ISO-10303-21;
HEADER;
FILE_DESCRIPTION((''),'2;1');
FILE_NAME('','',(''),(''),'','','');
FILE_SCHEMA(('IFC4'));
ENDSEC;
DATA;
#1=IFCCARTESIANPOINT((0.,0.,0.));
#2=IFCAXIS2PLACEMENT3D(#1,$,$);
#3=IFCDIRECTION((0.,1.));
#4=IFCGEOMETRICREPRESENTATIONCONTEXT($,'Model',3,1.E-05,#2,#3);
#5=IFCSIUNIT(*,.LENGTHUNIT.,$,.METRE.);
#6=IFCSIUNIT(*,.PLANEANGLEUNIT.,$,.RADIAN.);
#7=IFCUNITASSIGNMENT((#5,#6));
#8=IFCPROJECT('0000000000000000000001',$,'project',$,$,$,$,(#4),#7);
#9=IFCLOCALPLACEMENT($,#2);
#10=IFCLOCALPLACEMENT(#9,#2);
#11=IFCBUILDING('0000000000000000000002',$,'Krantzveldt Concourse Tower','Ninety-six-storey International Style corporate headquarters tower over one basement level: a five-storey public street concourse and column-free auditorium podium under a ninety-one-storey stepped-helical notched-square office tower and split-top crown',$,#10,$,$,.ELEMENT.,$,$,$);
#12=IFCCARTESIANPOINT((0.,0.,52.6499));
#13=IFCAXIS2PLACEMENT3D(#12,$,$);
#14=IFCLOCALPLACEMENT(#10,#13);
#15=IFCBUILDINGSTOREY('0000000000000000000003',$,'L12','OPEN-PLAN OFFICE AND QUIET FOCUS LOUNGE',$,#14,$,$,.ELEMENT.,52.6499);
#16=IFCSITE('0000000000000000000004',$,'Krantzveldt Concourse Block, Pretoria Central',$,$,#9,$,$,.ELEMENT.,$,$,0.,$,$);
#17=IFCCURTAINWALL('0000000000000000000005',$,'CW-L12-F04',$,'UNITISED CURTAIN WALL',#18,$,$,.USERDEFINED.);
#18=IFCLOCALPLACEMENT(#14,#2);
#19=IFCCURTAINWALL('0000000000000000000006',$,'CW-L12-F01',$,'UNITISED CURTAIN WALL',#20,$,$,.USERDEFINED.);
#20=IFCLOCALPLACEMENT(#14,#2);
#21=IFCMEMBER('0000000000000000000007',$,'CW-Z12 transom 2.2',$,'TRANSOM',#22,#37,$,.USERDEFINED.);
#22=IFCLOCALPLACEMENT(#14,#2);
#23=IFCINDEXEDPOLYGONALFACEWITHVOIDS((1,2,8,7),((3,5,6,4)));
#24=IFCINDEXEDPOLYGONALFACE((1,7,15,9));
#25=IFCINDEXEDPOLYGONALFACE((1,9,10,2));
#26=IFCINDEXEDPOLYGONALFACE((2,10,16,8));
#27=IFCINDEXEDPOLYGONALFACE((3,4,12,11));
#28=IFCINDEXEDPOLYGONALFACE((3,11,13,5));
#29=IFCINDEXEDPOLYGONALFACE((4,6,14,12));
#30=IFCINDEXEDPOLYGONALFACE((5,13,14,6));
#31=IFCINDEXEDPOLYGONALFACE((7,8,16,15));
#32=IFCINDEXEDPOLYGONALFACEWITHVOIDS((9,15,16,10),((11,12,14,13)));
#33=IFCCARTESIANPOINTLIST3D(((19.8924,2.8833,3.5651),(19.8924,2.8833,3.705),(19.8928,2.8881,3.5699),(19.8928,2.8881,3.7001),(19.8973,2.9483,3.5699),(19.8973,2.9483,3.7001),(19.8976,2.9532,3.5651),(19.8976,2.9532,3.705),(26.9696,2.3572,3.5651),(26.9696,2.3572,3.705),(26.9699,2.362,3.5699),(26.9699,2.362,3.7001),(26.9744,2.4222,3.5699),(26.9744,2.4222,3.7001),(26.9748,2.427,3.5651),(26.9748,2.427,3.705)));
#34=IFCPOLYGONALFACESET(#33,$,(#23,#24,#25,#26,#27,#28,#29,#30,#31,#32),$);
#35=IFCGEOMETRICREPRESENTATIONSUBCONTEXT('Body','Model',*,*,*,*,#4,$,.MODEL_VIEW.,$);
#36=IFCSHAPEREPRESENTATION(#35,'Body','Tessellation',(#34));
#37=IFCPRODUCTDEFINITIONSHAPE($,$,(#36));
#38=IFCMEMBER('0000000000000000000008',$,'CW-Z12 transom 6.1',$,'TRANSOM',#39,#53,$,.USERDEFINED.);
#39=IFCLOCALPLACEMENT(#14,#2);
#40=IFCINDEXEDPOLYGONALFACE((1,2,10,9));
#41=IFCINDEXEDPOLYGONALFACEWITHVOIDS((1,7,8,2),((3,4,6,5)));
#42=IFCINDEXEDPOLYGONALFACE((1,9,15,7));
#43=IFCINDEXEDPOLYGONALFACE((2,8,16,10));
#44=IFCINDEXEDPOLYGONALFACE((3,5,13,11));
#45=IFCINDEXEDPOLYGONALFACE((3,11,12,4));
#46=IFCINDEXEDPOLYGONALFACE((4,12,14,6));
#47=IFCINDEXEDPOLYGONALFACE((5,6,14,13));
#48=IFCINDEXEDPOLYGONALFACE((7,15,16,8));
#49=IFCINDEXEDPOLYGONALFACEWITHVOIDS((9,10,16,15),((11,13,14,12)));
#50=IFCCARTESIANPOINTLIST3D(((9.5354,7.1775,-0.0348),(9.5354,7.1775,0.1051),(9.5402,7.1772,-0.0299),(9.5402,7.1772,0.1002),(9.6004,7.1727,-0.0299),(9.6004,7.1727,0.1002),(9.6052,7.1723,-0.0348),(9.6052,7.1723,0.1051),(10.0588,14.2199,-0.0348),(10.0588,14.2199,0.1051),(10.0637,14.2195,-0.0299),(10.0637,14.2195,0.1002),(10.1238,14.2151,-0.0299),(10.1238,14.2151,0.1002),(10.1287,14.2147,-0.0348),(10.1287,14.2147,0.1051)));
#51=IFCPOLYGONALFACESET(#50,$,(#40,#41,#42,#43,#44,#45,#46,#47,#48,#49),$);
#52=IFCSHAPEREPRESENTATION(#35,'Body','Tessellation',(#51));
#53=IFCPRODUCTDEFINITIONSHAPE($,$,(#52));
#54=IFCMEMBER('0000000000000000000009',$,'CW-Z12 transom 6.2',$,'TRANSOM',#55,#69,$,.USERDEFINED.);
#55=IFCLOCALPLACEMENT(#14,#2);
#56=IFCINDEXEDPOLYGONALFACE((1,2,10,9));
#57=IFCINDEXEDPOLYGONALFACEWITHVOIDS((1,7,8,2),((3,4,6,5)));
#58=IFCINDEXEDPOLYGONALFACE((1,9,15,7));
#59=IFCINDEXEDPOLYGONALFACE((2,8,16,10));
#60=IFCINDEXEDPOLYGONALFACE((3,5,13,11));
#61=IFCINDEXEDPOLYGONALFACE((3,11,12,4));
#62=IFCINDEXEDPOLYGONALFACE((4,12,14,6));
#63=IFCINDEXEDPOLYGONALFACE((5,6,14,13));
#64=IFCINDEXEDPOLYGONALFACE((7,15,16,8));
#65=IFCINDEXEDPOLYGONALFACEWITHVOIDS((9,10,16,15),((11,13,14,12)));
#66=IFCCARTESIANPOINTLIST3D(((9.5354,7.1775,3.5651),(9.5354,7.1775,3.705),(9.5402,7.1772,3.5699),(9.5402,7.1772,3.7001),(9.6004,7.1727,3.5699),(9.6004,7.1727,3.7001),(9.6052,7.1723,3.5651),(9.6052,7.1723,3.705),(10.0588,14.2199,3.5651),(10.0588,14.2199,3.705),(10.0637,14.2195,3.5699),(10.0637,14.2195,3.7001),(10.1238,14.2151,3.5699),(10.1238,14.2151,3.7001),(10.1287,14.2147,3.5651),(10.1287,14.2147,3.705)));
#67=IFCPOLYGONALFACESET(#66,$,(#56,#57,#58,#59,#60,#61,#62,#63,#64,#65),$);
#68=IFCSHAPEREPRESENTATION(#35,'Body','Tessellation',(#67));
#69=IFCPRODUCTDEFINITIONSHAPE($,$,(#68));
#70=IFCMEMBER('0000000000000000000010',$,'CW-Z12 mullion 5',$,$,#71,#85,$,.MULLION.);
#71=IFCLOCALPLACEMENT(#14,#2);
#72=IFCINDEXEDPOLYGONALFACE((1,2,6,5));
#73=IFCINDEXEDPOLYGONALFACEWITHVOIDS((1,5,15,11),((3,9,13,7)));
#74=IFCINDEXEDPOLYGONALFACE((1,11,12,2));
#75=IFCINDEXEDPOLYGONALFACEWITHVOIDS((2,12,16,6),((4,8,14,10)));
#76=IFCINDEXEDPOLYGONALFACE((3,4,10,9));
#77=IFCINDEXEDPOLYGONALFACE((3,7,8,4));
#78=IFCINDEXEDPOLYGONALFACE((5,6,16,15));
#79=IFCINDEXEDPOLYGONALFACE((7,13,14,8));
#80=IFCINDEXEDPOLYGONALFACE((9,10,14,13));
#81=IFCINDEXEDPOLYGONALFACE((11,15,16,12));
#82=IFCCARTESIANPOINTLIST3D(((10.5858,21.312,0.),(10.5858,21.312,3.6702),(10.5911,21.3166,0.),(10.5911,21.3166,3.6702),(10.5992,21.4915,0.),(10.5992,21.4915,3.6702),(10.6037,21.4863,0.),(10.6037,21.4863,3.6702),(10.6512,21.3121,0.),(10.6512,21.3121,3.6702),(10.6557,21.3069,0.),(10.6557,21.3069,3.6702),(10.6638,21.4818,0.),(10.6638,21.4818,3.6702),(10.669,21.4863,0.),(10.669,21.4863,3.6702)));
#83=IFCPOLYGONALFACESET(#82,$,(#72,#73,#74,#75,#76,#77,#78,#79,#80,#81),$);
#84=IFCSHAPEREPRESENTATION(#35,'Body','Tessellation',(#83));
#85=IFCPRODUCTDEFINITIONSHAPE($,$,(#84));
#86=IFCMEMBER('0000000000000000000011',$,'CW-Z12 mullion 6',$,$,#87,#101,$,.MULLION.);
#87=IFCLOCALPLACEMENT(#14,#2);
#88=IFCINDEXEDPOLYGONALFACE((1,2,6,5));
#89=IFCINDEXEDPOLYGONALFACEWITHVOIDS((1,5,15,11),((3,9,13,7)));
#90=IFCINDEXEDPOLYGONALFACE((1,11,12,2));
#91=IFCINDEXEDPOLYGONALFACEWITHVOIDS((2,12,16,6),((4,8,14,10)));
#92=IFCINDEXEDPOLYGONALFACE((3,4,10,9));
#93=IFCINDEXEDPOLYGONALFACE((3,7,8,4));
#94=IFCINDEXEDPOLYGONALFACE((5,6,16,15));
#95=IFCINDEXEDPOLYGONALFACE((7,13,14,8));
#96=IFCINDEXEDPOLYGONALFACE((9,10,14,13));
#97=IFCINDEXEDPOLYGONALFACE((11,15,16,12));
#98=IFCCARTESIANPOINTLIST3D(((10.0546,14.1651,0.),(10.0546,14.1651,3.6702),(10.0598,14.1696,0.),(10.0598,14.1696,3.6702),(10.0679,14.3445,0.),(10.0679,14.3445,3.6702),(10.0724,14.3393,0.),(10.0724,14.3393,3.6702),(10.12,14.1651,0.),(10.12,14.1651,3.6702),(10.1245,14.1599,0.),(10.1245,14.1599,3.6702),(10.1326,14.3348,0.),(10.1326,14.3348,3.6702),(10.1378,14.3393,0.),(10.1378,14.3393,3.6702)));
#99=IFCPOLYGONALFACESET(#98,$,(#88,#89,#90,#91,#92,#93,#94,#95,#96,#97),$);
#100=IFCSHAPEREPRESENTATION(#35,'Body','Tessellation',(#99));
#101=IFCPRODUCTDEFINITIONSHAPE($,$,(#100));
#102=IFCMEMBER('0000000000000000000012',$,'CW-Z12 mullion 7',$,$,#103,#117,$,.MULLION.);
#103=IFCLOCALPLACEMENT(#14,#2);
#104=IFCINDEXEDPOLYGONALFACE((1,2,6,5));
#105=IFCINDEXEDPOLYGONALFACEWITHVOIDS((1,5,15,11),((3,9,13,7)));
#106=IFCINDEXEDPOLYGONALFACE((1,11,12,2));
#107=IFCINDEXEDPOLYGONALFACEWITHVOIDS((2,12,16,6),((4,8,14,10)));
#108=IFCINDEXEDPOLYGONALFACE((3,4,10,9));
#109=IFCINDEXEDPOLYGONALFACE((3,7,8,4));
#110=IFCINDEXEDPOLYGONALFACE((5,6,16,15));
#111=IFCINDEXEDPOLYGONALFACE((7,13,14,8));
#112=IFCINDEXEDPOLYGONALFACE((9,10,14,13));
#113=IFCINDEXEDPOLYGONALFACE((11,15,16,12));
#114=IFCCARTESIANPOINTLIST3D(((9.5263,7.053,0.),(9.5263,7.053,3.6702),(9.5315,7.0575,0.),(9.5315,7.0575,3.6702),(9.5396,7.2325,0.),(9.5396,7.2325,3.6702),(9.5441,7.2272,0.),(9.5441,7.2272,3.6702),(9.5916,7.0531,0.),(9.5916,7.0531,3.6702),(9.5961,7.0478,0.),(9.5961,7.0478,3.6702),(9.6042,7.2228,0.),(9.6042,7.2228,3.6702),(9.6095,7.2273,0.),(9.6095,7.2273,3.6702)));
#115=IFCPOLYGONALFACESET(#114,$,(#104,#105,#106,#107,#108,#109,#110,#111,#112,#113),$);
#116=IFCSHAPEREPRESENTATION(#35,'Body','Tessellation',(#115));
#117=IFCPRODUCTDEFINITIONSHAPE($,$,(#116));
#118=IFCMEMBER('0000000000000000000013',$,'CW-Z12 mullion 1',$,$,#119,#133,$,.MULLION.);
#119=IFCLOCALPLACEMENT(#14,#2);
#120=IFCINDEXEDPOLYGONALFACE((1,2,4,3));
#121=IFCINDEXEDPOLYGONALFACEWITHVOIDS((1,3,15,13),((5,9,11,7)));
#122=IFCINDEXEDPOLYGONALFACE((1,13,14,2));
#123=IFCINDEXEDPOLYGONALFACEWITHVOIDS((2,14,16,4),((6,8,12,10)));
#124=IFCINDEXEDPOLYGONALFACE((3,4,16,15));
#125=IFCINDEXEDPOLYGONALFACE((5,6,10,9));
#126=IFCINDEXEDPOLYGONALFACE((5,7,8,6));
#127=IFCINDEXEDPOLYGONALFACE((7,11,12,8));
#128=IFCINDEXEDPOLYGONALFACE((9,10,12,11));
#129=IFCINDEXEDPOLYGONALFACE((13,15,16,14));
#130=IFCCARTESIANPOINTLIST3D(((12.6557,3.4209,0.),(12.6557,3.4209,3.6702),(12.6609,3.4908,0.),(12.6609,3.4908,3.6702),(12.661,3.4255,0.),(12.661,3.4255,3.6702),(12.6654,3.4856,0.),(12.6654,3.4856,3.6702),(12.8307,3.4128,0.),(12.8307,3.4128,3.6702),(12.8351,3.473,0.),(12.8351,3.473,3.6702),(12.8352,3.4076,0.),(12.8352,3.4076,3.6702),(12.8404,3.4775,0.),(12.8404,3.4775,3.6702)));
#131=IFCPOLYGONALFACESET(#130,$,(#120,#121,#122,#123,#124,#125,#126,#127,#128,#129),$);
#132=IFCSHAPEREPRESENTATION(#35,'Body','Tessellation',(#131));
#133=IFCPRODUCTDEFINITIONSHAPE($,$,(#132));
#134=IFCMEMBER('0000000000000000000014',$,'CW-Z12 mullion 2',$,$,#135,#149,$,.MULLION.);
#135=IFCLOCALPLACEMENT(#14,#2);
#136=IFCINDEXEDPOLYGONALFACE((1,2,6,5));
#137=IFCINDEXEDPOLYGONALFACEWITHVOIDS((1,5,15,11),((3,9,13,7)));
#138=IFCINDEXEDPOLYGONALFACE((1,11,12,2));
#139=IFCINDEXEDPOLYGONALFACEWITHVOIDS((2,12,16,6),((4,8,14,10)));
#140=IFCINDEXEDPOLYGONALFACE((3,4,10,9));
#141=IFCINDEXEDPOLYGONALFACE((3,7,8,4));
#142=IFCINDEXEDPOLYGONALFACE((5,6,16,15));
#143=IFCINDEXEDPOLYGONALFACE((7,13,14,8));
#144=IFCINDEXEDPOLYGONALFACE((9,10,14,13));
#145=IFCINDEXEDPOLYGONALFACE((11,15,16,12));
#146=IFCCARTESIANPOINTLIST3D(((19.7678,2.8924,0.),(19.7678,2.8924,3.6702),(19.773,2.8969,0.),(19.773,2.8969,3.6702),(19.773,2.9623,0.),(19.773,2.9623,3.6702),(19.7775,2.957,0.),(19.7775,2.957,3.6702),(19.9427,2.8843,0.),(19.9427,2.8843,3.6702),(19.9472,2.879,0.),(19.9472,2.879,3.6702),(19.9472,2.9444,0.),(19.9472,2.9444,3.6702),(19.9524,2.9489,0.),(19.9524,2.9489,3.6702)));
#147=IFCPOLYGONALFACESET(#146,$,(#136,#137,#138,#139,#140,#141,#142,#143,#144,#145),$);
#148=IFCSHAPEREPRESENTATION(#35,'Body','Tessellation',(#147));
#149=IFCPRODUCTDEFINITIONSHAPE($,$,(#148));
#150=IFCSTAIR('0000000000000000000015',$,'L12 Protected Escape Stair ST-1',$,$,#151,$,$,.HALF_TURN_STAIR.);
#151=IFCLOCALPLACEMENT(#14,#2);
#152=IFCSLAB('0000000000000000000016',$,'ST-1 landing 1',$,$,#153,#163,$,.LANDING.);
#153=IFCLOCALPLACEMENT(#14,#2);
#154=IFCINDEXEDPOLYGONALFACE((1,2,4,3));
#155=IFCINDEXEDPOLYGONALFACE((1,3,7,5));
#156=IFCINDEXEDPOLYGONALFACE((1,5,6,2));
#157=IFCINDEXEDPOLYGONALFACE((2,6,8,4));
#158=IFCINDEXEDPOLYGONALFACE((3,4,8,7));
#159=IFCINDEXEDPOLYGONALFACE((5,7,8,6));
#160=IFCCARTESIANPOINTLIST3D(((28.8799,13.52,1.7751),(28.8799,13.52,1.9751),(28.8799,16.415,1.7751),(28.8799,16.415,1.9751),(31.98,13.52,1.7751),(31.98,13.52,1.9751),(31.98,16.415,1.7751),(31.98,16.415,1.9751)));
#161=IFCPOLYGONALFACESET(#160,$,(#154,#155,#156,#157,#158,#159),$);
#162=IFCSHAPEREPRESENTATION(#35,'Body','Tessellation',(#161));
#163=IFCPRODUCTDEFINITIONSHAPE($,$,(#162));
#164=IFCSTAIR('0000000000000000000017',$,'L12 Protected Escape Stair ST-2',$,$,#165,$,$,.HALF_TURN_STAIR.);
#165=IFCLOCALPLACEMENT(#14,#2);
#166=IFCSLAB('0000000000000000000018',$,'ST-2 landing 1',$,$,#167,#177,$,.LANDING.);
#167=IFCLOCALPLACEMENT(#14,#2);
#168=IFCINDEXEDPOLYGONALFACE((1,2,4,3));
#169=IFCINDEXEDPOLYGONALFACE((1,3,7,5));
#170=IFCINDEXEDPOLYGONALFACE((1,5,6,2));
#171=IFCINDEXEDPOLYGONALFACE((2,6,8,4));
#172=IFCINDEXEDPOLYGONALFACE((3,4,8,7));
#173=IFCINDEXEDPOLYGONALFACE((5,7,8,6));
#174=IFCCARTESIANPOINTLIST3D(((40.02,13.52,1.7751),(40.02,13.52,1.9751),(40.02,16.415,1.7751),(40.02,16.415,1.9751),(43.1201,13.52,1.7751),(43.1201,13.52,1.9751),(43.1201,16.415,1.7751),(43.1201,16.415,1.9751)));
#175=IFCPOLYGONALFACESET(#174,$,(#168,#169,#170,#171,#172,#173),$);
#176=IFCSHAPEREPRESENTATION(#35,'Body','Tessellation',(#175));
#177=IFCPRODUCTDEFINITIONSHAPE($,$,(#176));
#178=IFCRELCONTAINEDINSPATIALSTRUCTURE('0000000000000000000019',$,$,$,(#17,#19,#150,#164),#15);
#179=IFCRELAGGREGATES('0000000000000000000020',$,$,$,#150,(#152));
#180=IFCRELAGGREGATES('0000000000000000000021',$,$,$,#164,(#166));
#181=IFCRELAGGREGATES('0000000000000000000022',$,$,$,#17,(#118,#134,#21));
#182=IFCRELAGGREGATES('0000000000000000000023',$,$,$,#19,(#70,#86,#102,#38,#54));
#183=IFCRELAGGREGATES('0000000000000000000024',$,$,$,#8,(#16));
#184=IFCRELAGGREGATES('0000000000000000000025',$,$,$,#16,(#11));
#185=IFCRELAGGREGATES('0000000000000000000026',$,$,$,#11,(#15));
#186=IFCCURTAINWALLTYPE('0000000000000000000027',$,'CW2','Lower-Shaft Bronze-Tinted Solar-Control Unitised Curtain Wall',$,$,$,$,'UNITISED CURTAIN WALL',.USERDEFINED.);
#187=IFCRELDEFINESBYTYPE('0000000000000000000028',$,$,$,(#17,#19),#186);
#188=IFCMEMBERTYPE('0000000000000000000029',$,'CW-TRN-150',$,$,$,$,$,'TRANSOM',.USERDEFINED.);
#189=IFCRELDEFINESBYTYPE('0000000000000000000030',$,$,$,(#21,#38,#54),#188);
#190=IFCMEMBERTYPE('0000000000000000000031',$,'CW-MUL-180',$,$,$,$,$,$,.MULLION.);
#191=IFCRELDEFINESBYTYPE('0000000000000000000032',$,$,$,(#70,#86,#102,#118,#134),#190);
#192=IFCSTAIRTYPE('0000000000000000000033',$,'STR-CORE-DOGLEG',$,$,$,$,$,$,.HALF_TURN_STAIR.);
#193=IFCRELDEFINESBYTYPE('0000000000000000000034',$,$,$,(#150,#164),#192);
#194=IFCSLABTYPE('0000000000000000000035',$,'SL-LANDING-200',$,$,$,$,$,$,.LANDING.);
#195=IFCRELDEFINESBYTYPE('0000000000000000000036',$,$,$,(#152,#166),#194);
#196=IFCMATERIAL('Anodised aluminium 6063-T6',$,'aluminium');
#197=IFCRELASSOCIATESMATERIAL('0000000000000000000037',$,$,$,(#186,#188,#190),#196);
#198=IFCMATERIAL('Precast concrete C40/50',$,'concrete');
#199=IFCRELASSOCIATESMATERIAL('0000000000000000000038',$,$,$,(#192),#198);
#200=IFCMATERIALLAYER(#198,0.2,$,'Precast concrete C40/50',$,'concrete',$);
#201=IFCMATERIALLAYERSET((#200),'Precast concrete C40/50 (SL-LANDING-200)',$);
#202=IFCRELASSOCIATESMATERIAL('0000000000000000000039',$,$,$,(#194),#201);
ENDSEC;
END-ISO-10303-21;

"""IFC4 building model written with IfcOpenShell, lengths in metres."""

from ifc_helpers import new_model, si_unit, direction, frame, origin, origin_2d, place, context, subcontext, project, spatial, polyline, hollow_rectangle, outline, extrude, source, transform, mapped, material, layer, layer_set, material_profile, profile_set, type_object, type_shapes, element, aggregate, save


model = new_model("IFC4")

# Units and contexts
model_context = context("Model", 3, precision=1e-05, world=origin(), true_north=direction((0.0, 1.0)))
body_context = subcontext(model_context, "Body", "Model", "MODEL_VIEW")
ifc_project = project(units=[si_unit("LENGTHUNIT", "METRE"), si_unit("PLANEANGLEUNIT", "RADIAN")], contexts=[model_context])

# Site, building, storey
site_placement = place(None, origin())
site = spatial("IfcSite", under=ifc_project, at=site_placement, Name="Krantzveldt Concourse Block, Pretoria Central", CompositionType="ELEMENT", RefElevation=0.0)
building_placement = place(site_placement, origin())
building = spatial("IfcBuilding", under=site, at=building_placement, Name="Krantzveldt Concourse Tower", Description="Ninety-six-storey International Style corporate headquarters tower over one basement level: a five-storey public street concourse and column-free auditorium podium under a ninety-one-storey stepped-helical notched-square office tower and split-top crown", CompositionType="ELEMENT")
storey_placement = place(building_placement, frame((0.0, 0.0, 52.6499)))
storey = spatial("IfcBuildingStorey", under=building, at=storey_placement, Name="L12", Description="OPEN-PLAN OFFICE AND QUIET FOCUS LOUNGE", CompositionType="ELEMENT", Elevation=52.6499)

# Curtain walls
ifc_material_1 = material(Name="Anodised aluminium 6063-T6", Category="aluminium")
curtain_wall_type = type_object("IfcCurtainWallType", Name="CW2", Description="Lower-Shaft Bronze-Tinted Solar-Control Unitised Curtain Wall", ElementType="UNITISED CURTAIN WALL", PredefinedType="USERDEFINED", material=ifc_material_1)
curtain_wall_1_placement = place(storey_placement, origin())
curtain_wall_1 = element("IfcCurtainWall", 1, at=curtain_wall_1_placement, inside=storey, type_object=curtain_wall_type, Name="CW-L12-F04", ObjectType="UNITISED CURTAIN WALL", PredefinedType="USERDEFINED")
ifc_material_profile_1 = material_profile(ifc_material_1, hollow_rectangle(XDim=0.0701, YDim=0.1399, WallThickness=0.0049, at=origin_2d()), Name="Anodised aluminium 6063-T6", Category="aluminium")
ifc_profile_set_1 = profile_set([ifc_material_profile_1], Name="Anodised aluminium 6063-T6 - ALU-TRAN 140x70x5")
member_type_1 = type_object("IfcMemberType", Name="CW-TRN-150", ElementType="TRANSOM", PredefinedType="USERDEFINED", material=ifc_profile_set_1)
curtain_wall_2_placement = place(storey_placement, origin())
curtain_wall_2 = element("IfcCurtainWall", 2, at=curtain_wall_2_placement, inside=storey, type_object=curtain_wall_type, Name="CW-L12-F01", ObjectType="UNITISED CURTAIN WALL", PredefinedType="USERDEFINED")
shared_shape_1 = source(origin(), body_context, "Body", "SweptSolid", [
    extrude(hollow_rectangle(XDim=0.0701, YDim=0.1399, WallThickness=0.0049, at=origin_2d()), origin(), (0.0, 0.0, 1.0), 7.0967),
])

# Members
member_1_placement = place(storey_placement, frame((19.895, 2.9182, 3.635), z_axis=(0.997248, -0.074137, 0.0), x_axis=(0.074137, 0.997248, 0.0)))
member_1 = element("IfcMember", 3, at=member_1_placement, type_object=member_type_1, Name="CW-Z12 transom 2.2", ObjectType="TRANSOM", PredefinedType="USERDEFINED", context=body_context, shape_type="MappedRepresentation", body=[
    mapped(shared_shape_1, transform((0.0, 0.0, 0.0), x_axis=(1.0, 0.0, 0.0), y_axis=(0.0, 1.0, 0.0), z_axis=(0.0, 0.0, 1.0), scale=1.0)),
])
shared_shape_2 = source(origin(), body_context, "Body", "SweptSolid", [
    extrude(hollow_rectangle(XDim=0.0701, YDim=0.1399, WallThickness=0.0049, at=origin_2d()), origin(), (0.0, 0.0, 1.0), 7.0618),
])
member_2_placement = place(storey_placement, frame((10.0938, 14.2173, 0.0352), z_axis=(-0.074124, -0.997249, 0.0), x_axis=(0.997249, -0.074124, 0.0)))
member_2 = element("IfcMember", 4, at=member_2_placement, type_object=member_type_1, Name="CW-Z12 transom 6.1", ObjectType="TRANSOM", PredefinedType="USERDEFINED", context=body_context, shape_type="MappedRepresentation", body=[
    mapped(shared_shape_2, transform((0.0, 0.0, 0.0), x_axis=(1.0, 0.0, 0.0), y_axis=(0.0, 1.0, 0.0), z_axis=(0.0, 0.0, 1.0), scale=1.0)),
])
member_3_placement = place(storey_placement, frame((10.0938, 14.2173, 3.635), z_axis=(-0.074124, -0.997249, 0.0), x_axis=(0.997249, -0.074124, 0.0)))
member_3 = element("IfcMember", 5, at=member_3_placement, type_object=member_type_1, Name="CW-Z12 transom 6.2", ObjectType="TRANSOM", PredefinedType="USERDEFINED", context=body_context, shape_type="MappedRepresentation", body=[
    mapped(shared_shape_2, transform((0.0, 0.0, 0.0), x_axis=(1.0, 0.0, 0.0), y_axis=(0.0, 1.0, 0.0), z_axis=(0.0, 0.0, 1.0), scale=1.0)),
])
ifc_material_profile_2 = material_profile(ifc_material_1, hollow_rectangle(XDim=0.0701, YDim=0.1799, WallThickness=0.0049, at=origin_2d()), Name="Anodised aluminium 6063-T6", Category="aluminium")
ifc_profile_set_2 = profile_set([ifc_material_profile_2], Name="Anodised aluminium 6063-T6 - ALU-MULL 180x70x5")
member_type_2 = type_object("IfcMemberType", Name="CW-MUL-180", PredefinedType="MULLION", material=ifc_profile_set_2)
shared_shape_3 = source(origin(), body_context, "Body", "SweptSolid", [
    extrude(hollow_rectangle(XDim=0.0701, YDim=0.1799, WallThickness=0.0049, at=origin_2d()), origin(), (0.0, 0.0, 1.0), 3.6702),
])
type_shapes(member_type_2, [shared_shape_3])
member_4_placement = place(storey_placement, frame((10.6274, 21.3992, 0.0), z_axis=(0.0, 0.0, 1.0), x_axis=(0.99725, -0.074109, 0.0)))
member_4 = element("IfcMember", 6, at=member_4_placement, type_object=member_type_2, Name="CW-Z12 mullion 5", PredefinedType="MULLION", context=body_context, shape_type="MappedRepresentation", body=[
    mapped(shared_shape_3, transform((0.0, 0.0, 0.0), x_axis=(1.0, 0.0, 0.0), y_axis=(0.0, 1.0, 0.0), z_axis=(0.0, 0.0, 1.0), scale=1.0)),
])
member_5_placement = place(storey_placement, frame((10.0962, 14.2522, 0.0), z_axis=(0.0, 0.0, 1.0), x_axis=(0.99725, -0.074109, 0.0)))
member_5 = element("IfcMember", 7, at=member_5_placement, type_object=member_type_2, Name="CW-Z12 mullion 6", PredefinedType="MULLION", context=body_context, shape_type="MappedRepresentation", body=[
    mapped(shared_shape_3, transform((0.0, 0.0, 0.0), x_axis=(1.0, 0.0, 0.0), y_axis=(0.0, 1.0, 0.0), z_axis=(0.0, 0.0, 1.0), scale=1.0)),
])
member_6_placement = place(storey_placement, frame((9.5679, 7.1401, 0.0), z_axis=(0.0, 0.0, 1.0), x_axis=(0.99725, -0.074109, 0.0)))
member_6 = element("IfcMember", 8, at=member_6_placement, type_object=member_type_2, Name="CW-Z12 mullion 7", PredefinedType="MULLION", context=body_context, shape_type="MappedRepresentation", body=[
    mapped(shared_shape_3, transform((0.0, 0.0, 0.0), x_axis=(1.0, 0.0, 0.0), y_axis=(0.0, 1.0, 0.0), z_axis=(0.0, 0.0, 1.0), scale=1.0)),
])
member_7_placement = place(storey_placement, frame((12.748, 3.4492, 0.0), z_axis=(0.0, 0.0, 1.0), x_axis=(0.074109, 0.99725, 0.0)))
member_7 = element("IfcMember", 9, at=member_7_placement, type_object=member_type_2, Name="CW-Z12 mullion 1", PredefinedType="MULLION", context=body_context, shape_type="MappedRepresentation", body=[
    mapped(shared_shape_3, transform((0.0, 0.0, 0.0), x_axis=(1.0, 0.0, 0.0), y_axis=(0.0, 1.0, 0.0), z_axis=(0.0, 0.0, 1.0), scale=1.0)),
])
member_8_placement = place(storey_placement, frame((19.8601, 2.9207, 0.0), z_axis=(0.0, 0.0, 1.0), x_axis=(0.074109, 0.99725, 0.0)))
member_8 = element("IfcMember", 10, at=member_8_placement, type_object=member_type_2, Name="CW-Z12 mullion 2", PredefinedType="MULLION", context=body_context, shape_type="MappedRepresentation", body=[
    mapped(shared_shape_3, transform((0.0, 0.0, 0.0), x_axis=(1.0, 0.0, 0.0), y_axis=(0.0, 1.0, 0.0), z_axis=(0.0, 0.0, 1.0), scale=1.0)),
])

# Stairs, slabs
ifc_material_2 = material(Name="Precast concrete C40/50", Category="concrete")
stair_type = type_object("IfcStairType", Name="STR-CORE-DOGLEG", PredefinedType="HALF_TURN_STAIR", material=ifc_material_2)
stair_1_placement = place(storey_placement, origin())
stair_1 = element("IfcStair", 11, at=stair_1_placement, inside=storey, type_object=stair_type, Name="L12 Protected Escape Stair ST-1", PredefinedType="HALF_TURN_STAIR")
ifc_layer_1 = layer(ifc_material_2, 0.2, Name="Precast concrete C40/50", Category="concrete")
ifc_layer_set_1 = layer_set([ifc_layer_1], Name="Precast concrete C40/50 (SL-LANDING-200)")
slab_type_1 = type_object("IfcSlabType", Name="SL-LANDING-200", PredefinedType="LANDING", material=ifc_layer_set_1)
slab_1_placement = place(storey_placement, frame((0.0, 0.0, 1.7751)))
slab_1 = element("IfcSlab", 12, at=slab_1_placement, type_object=slab_type_1, Name="ST-1 landing 1", PredefinedType="LANDING", context=body_context, shape_type="SweptSolid", body=[
    extrude(outline(polyline([(28.8799, 16.415), (28.8799, 13.52), (31.98, 13.52), (31.98, 16.415), (28.8799, 16.415)])), origin(), (0.0, 0.0, 1.0), 0.2),
])
aggregate(stair_1, [slab_1])
stair_2_placement = place(storey_placement, origin())
stair_2 = element("IfcStair", 13, at=stair_2_placement, inside=storey, type_object=stair_type, Name="L12 Protected Escape Stair ST-2", PredefinedType="HALF_TURN_STAIR")
slab_2_placement = place(storey_placement, frame((0.0, 0.0, 1.7751)))
slab_2 = element("IfcSlab", 14, at=slab_2_placement, type_object=slab_type_1, Name="ST-2 landing 1", PredefinedType="LANDING", context=body_context, shape_type="SweptSolid", body=[
    extrude(outline(polyline([(40.02, 16.415), (40.02, 13.52), (43.1201, 13.52), (43.1201, 16.415), (40.02, 16.415)])), origin(), (0.0, 0.0, 1.0), 0.2),
])
aggregate(stair_2, [slab_2])

aggregate(curtain_wall_1, [member_7, member_8, member_1])
aggregate(curtain_wall_2, [member_4, member_5, member_6, member_2, member_3])

save(model, "model.ifc")
